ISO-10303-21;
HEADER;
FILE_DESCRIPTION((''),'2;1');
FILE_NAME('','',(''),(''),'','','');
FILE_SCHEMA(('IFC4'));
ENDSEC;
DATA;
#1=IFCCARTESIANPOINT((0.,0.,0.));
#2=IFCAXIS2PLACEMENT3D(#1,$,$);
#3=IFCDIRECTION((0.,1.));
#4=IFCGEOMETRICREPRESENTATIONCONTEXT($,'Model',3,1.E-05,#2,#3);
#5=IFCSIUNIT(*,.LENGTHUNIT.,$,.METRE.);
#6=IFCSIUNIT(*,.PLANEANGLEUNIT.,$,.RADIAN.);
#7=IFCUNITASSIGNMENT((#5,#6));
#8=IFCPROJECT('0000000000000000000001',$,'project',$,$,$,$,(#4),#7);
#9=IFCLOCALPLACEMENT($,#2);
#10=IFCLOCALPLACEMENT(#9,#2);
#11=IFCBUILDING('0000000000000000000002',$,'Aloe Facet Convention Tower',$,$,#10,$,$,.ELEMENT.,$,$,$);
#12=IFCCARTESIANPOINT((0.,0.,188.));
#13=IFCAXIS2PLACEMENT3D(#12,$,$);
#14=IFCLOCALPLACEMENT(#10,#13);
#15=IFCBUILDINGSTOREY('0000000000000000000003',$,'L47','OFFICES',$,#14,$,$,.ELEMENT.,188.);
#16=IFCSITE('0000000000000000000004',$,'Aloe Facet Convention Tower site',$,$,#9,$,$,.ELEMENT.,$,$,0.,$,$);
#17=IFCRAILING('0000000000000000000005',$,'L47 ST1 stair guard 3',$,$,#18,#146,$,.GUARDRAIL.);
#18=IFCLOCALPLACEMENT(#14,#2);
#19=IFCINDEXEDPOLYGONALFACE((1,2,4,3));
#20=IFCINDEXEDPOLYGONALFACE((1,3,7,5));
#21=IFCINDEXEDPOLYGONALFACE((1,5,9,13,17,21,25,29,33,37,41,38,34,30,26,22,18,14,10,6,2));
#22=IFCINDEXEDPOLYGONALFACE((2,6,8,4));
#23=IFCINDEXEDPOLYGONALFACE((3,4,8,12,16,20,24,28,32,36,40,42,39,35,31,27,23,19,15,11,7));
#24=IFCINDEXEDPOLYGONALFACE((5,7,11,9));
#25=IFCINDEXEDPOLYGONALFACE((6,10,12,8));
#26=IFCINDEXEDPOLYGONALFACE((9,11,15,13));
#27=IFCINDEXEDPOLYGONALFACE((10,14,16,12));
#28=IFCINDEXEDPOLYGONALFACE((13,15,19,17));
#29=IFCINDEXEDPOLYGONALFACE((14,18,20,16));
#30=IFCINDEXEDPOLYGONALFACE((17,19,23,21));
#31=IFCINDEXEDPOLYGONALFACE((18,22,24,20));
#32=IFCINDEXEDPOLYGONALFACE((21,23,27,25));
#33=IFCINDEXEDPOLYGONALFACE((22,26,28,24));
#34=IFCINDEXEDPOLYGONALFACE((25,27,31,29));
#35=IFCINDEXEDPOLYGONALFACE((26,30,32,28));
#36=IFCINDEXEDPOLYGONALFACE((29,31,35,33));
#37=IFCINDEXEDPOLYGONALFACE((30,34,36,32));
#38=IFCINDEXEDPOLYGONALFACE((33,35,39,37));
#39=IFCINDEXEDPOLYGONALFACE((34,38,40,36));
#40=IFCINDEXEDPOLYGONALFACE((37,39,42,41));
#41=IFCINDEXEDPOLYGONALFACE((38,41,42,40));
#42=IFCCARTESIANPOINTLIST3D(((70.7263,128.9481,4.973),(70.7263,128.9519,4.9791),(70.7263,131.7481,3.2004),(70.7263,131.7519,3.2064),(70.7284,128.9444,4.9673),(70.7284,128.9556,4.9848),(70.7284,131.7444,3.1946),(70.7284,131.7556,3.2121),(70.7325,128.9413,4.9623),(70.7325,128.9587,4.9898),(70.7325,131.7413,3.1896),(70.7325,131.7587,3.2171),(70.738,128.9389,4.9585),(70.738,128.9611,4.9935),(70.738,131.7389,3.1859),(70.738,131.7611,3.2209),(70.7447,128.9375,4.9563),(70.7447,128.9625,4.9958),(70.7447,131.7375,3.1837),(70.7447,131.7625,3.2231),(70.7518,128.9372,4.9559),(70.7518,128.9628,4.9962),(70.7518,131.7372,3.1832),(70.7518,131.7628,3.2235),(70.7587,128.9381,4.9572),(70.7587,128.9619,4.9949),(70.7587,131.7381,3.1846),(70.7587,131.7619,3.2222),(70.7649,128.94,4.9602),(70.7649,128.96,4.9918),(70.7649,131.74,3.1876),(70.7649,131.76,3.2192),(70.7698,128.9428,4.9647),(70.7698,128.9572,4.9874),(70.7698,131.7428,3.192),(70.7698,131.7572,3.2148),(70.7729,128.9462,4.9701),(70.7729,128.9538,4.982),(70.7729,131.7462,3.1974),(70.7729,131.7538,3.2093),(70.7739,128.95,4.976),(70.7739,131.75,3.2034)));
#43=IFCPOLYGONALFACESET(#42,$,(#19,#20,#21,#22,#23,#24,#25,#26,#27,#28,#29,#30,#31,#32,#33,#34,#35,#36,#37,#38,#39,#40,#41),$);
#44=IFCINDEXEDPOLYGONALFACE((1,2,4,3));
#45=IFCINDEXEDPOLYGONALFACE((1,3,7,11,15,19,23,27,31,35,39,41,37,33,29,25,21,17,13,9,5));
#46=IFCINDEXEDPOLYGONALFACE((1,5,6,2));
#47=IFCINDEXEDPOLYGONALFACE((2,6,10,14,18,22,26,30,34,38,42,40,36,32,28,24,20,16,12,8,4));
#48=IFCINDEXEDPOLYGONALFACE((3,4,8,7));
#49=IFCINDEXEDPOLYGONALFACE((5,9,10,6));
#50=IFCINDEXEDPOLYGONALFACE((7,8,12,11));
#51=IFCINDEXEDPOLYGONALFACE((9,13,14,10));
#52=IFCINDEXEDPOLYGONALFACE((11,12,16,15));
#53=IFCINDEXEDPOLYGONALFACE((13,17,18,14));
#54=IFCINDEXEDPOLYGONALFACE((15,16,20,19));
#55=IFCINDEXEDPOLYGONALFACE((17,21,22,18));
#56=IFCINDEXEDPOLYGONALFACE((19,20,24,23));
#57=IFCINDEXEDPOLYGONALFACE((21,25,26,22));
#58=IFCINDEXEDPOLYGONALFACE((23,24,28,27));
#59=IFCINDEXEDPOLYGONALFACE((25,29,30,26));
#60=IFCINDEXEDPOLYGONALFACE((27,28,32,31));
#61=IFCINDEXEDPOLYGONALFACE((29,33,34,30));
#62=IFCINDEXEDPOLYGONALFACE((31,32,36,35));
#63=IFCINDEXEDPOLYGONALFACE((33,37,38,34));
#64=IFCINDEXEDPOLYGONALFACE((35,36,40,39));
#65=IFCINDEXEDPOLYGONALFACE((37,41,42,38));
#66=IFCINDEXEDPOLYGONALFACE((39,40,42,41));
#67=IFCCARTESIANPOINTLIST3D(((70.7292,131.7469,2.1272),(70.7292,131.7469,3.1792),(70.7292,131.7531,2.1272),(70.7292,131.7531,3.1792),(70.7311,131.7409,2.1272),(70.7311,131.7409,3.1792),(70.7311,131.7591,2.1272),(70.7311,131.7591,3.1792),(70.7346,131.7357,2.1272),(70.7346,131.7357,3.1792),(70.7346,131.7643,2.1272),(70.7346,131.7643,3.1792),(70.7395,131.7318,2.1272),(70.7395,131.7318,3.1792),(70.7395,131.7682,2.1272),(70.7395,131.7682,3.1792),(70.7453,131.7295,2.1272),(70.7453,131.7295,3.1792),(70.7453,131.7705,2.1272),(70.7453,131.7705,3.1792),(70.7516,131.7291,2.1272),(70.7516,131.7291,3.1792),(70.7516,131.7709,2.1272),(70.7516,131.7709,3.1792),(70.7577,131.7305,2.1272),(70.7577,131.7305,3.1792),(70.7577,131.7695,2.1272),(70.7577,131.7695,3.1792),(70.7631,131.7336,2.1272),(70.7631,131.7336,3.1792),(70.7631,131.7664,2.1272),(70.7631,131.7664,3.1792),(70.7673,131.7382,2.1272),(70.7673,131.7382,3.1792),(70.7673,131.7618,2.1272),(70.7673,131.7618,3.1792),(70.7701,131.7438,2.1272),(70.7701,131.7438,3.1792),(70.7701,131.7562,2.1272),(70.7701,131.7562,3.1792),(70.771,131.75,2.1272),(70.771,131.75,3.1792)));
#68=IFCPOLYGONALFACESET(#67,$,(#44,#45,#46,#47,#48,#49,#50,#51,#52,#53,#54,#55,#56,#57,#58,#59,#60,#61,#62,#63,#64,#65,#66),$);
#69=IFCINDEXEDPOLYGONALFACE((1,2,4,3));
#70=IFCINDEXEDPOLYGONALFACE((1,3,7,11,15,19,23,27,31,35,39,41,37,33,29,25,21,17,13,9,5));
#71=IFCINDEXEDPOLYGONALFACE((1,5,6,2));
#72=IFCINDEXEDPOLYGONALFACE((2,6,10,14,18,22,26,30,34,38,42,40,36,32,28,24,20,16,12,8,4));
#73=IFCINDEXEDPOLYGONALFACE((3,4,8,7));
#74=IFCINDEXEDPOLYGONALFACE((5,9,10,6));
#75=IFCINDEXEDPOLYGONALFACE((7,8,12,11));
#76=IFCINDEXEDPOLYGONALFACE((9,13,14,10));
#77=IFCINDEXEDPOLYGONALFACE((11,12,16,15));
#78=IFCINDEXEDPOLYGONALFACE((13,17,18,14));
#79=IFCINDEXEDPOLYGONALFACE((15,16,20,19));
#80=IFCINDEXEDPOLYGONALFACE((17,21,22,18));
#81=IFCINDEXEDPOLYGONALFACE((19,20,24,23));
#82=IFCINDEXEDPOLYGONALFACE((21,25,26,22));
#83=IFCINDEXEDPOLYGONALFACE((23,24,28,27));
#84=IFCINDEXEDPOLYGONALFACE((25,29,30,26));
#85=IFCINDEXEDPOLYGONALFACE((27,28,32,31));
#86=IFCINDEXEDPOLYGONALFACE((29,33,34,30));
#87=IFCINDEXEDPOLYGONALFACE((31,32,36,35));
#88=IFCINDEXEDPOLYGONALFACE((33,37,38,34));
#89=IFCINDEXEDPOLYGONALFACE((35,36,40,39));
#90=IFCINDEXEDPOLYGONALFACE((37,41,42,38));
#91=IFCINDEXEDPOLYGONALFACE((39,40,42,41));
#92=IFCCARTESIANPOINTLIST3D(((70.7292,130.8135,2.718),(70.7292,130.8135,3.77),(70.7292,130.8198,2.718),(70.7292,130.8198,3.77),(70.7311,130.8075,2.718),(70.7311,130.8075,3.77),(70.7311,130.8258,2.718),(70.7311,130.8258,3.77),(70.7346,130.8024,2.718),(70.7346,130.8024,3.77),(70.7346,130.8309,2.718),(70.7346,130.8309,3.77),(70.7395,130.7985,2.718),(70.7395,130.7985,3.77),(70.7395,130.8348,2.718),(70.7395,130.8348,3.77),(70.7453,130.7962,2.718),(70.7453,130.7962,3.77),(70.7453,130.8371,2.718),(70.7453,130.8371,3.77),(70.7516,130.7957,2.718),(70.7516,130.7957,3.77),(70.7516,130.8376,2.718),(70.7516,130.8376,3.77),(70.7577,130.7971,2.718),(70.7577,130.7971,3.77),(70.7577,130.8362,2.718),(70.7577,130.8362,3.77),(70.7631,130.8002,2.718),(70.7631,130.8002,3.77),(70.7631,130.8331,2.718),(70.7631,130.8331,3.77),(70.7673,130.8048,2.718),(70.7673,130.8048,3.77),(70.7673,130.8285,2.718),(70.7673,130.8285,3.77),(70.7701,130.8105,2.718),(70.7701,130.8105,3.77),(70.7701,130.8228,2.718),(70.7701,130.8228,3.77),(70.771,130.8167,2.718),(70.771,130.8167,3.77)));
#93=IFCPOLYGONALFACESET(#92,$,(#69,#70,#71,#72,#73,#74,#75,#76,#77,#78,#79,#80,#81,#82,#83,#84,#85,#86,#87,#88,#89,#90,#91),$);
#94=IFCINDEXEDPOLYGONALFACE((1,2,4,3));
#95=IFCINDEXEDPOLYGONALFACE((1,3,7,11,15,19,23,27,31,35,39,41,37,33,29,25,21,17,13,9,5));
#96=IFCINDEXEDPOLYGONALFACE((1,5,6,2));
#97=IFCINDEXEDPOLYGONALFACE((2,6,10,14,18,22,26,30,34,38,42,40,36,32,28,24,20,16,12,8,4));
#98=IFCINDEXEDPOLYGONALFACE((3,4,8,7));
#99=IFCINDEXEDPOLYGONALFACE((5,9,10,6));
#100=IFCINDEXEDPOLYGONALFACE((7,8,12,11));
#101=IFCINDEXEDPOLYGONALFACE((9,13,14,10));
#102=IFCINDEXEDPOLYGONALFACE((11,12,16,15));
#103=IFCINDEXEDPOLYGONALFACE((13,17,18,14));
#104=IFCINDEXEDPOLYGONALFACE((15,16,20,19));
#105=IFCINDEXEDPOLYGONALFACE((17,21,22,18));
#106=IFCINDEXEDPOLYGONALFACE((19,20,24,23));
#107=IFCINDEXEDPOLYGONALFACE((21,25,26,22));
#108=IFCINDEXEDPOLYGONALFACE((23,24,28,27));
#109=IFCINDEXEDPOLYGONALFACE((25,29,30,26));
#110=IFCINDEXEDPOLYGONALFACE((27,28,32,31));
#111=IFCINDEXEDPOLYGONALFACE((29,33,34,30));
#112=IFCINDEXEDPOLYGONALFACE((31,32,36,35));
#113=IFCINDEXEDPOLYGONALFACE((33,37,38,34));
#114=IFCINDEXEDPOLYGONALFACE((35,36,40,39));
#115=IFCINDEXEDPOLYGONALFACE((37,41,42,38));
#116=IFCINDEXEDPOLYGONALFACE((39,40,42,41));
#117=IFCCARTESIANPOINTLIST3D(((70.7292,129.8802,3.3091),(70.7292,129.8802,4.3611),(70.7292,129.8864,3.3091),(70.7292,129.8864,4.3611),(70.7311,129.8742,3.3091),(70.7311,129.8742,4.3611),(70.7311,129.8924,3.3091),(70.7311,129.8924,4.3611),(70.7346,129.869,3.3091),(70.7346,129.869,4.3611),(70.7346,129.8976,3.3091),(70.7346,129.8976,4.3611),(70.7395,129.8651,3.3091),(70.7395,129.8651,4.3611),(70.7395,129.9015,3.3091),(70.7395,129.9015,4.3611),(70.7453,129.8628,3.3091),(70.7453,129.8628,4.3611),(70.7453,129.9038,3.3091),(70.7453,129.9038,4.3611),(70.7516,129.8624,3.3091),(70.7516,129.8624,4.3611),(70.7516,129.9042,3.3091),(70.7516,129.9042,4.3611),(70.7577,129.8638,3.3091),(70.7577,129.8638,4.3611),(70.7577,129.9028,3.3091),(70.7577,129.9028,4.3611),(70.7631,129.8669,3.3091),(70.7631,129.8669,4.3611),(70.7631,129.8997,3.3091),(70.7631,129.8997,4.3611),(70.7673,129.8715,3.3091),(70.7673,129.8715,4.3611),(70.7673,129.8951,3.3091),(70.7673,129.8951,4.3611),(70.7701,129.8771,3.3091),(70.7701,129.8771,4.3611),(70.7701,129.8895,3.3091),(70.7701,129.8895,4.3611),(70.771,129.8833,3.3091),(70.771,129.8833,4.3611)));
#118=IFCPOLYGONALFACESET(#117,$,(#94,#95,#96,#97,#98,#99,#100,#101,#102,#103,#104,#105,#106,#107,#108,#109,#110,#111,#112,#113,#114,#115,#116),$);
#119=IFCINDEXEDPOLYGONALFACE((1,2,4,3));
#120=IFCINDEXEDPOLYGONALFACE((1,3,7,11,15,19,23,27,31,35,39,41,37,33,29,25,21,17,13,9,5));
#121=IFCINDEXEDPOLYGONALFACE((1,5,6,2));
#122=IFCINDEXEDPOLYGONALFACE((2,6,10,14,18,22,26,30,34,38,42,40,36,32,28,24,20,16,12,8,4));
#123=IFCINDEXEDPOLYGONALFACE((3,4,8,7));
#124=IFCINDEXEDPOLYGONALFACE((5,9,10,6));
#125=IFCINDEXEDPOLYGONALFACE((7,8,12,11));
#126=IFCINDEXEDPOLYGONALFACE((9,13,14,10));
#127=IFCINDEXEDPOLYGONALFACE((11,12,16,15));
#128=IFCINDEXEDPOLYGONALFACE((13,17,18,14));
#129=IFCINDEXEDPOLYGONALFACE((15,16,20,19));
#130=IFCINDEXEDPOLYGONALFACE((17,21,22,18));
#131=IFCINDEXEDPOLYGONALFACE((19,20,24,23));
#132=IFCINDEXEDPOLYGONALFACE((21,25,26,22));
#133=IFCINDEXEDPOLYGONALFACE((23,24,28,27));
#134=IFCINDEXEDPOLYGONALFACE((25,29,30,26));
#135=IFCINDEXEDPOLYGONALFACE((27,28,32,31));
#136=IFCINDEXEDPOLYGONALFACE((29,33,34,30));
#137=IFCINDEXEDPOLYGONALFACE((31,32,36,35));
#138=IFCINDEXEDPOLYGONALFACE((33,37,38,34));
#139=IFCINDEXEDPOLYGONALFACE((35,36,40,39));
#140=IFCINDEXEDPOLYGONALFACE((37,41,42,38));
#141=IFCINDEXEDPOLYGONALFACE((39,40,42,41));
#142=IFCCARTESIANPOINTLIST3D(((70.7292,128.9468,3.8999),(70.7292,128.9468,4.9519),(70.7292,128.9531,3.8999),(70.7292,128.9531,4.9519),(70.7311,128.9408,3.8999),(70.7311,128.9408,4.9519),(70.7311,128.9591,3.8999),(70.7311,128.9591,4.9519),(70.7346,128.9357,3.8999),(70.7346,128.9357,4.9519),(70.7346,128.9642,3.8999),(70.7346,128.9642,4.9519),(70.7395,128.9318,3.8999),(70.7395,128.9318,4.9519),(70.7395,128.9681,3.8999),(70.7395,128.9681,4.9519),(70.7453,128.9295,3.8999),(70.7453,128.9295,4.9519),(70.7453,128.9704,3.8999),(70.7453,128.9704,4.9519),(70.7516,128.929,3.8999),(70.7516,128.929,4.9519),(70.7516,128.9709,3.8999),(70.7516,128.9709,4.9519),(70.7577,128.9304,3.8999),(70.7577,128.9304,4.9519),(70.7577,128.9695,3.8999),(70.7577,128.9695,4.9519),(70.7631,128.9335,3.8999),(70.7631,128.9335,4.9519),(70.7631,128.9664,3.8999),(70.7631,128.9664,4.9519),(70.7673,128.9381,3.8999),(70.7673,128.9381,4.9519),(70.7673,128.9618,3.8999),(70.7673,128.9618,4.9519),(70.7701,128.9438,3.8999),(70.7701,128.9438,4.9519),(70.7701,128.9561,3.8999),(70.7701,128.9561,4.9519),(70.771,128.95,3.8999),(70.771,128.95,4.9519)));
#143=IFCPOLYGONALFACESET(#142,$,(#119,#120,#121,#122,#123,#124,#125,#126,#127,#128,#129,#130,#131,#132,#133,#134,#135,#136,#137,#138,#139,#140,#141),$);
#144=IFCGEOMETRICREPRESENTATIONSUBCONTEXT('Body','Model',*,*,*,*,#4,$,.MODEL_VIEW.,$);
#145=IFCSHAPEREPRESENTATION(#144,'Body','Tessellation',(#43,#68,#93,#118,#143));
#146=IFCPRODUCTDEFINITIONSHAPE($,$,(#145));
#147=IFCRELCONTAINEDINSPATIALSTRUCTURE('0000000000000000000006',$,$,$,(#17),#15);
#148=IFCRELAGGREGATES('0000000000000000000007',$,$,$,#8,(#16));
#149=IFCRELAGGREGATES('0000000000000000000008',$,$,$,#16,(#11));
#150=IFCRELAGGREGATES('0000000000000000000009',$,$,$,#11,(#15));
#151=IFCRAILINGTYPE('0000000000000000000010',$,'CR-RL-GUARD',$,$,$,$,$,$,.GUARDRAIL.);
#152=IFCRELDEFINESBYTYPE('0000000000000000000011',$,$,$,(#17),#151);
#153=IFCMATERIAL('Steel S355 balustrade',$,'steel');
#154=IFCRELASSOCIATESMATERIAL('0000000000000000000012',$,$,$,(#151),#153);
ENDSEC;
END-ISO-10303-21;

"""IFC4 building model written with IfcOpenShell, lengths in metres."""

from ifc_helpers import new_model, si_unit, direction, frame, origin, origin_2d, place, context, subcontext, project, spatial, circle, extrude, material, type_object, element, save


model = new_model("IFC4")

# Units and contexts
model_context = context("Model", 3, precision=1e-05, world=origin(), true_north=direction((0.0, 1.0)))
body_context = subcontext(model_context, "Body", "Model", "MODEL_VIEW")
ifc_project = project(units=[si_unit("LENGTHUNIT", "METRE"), si_unit("PLANEANGLEUNIT", "RADIAN")], contexts=[model_context])

# Site, building, storey
site_placement = place(None, origin())
site = spatial("IfcSite", under=ifc_project, at=site_placement, Name="Aloe Facet Convention Tower site", CompositionType="ELEMENT", RefElevation=0.0)
building_placement = place(site_placement, origin())
building = spatial("IfcBuilding", under=site, at=building_placement, Name="Aloe Facet Convention Tower", CompositionType="ELEMENT")
storey_placement = place(building_placement, frame((0.0, 0.0, 188.0)))
storey = spatial("IfcBuildingStorey", under=building, at=storey_placement, Name="L47", Description="OFFICES", CompositionType="ELEMENT", Elevation=188.0)

# Railing
ifc_material_1 = material(Name="Steel S355 balustrade", Category="steel")
railing_type_1 = type_object("IfcRailingType", Name="CR-RL-GUARD", PredefinedType="GUARDRAIL", material=ifc_material_1)
railing_1_placement = place(storey_placement, frame((70.75, 131.75, 2.1272)))
element("IfcRailing", 1, at=railing_1_placement, inside=storey, type_object=railing_type_1, Name="L47 ST1 stair guard 3", PredefinedType="GUARDRAIL", context=body_context, shape_type="SweptSolid", body=[
    extrude(circle(Radius=0.0239, at=origin_2d()), frame((0.0, 0.0, 1.0762), z_axis=(0.0, -0.844909, 0.53491), x_axis=(1.0, 0.0, 0.0)), (0.0, 0.0, 1.0), 3.314),
    extrude(circle(Radius=0.021, at=origin_2d()), origin(), (0.0, 0.0, 1.0), 1.052),
    extrude(circle(Radius=0.021, at=origin_2d()), frame((0.0, -0.9333, 0.5908)), (0.0, 0.0, 1.0), 1.052),
    extrude(circle(Radius=0.021, at=origin_2d()), frame((0.0, -1.8667, 1.1819)), (0.0, 0.0, 1.0), 1.052),
    extrude(circle(Radius=0.021, at=origin_2d()), frame((0.0, -2.8, 1.7727)), (0.0, 0.0, 1.0), 1.052),
])

save(model, "model.ifc")
